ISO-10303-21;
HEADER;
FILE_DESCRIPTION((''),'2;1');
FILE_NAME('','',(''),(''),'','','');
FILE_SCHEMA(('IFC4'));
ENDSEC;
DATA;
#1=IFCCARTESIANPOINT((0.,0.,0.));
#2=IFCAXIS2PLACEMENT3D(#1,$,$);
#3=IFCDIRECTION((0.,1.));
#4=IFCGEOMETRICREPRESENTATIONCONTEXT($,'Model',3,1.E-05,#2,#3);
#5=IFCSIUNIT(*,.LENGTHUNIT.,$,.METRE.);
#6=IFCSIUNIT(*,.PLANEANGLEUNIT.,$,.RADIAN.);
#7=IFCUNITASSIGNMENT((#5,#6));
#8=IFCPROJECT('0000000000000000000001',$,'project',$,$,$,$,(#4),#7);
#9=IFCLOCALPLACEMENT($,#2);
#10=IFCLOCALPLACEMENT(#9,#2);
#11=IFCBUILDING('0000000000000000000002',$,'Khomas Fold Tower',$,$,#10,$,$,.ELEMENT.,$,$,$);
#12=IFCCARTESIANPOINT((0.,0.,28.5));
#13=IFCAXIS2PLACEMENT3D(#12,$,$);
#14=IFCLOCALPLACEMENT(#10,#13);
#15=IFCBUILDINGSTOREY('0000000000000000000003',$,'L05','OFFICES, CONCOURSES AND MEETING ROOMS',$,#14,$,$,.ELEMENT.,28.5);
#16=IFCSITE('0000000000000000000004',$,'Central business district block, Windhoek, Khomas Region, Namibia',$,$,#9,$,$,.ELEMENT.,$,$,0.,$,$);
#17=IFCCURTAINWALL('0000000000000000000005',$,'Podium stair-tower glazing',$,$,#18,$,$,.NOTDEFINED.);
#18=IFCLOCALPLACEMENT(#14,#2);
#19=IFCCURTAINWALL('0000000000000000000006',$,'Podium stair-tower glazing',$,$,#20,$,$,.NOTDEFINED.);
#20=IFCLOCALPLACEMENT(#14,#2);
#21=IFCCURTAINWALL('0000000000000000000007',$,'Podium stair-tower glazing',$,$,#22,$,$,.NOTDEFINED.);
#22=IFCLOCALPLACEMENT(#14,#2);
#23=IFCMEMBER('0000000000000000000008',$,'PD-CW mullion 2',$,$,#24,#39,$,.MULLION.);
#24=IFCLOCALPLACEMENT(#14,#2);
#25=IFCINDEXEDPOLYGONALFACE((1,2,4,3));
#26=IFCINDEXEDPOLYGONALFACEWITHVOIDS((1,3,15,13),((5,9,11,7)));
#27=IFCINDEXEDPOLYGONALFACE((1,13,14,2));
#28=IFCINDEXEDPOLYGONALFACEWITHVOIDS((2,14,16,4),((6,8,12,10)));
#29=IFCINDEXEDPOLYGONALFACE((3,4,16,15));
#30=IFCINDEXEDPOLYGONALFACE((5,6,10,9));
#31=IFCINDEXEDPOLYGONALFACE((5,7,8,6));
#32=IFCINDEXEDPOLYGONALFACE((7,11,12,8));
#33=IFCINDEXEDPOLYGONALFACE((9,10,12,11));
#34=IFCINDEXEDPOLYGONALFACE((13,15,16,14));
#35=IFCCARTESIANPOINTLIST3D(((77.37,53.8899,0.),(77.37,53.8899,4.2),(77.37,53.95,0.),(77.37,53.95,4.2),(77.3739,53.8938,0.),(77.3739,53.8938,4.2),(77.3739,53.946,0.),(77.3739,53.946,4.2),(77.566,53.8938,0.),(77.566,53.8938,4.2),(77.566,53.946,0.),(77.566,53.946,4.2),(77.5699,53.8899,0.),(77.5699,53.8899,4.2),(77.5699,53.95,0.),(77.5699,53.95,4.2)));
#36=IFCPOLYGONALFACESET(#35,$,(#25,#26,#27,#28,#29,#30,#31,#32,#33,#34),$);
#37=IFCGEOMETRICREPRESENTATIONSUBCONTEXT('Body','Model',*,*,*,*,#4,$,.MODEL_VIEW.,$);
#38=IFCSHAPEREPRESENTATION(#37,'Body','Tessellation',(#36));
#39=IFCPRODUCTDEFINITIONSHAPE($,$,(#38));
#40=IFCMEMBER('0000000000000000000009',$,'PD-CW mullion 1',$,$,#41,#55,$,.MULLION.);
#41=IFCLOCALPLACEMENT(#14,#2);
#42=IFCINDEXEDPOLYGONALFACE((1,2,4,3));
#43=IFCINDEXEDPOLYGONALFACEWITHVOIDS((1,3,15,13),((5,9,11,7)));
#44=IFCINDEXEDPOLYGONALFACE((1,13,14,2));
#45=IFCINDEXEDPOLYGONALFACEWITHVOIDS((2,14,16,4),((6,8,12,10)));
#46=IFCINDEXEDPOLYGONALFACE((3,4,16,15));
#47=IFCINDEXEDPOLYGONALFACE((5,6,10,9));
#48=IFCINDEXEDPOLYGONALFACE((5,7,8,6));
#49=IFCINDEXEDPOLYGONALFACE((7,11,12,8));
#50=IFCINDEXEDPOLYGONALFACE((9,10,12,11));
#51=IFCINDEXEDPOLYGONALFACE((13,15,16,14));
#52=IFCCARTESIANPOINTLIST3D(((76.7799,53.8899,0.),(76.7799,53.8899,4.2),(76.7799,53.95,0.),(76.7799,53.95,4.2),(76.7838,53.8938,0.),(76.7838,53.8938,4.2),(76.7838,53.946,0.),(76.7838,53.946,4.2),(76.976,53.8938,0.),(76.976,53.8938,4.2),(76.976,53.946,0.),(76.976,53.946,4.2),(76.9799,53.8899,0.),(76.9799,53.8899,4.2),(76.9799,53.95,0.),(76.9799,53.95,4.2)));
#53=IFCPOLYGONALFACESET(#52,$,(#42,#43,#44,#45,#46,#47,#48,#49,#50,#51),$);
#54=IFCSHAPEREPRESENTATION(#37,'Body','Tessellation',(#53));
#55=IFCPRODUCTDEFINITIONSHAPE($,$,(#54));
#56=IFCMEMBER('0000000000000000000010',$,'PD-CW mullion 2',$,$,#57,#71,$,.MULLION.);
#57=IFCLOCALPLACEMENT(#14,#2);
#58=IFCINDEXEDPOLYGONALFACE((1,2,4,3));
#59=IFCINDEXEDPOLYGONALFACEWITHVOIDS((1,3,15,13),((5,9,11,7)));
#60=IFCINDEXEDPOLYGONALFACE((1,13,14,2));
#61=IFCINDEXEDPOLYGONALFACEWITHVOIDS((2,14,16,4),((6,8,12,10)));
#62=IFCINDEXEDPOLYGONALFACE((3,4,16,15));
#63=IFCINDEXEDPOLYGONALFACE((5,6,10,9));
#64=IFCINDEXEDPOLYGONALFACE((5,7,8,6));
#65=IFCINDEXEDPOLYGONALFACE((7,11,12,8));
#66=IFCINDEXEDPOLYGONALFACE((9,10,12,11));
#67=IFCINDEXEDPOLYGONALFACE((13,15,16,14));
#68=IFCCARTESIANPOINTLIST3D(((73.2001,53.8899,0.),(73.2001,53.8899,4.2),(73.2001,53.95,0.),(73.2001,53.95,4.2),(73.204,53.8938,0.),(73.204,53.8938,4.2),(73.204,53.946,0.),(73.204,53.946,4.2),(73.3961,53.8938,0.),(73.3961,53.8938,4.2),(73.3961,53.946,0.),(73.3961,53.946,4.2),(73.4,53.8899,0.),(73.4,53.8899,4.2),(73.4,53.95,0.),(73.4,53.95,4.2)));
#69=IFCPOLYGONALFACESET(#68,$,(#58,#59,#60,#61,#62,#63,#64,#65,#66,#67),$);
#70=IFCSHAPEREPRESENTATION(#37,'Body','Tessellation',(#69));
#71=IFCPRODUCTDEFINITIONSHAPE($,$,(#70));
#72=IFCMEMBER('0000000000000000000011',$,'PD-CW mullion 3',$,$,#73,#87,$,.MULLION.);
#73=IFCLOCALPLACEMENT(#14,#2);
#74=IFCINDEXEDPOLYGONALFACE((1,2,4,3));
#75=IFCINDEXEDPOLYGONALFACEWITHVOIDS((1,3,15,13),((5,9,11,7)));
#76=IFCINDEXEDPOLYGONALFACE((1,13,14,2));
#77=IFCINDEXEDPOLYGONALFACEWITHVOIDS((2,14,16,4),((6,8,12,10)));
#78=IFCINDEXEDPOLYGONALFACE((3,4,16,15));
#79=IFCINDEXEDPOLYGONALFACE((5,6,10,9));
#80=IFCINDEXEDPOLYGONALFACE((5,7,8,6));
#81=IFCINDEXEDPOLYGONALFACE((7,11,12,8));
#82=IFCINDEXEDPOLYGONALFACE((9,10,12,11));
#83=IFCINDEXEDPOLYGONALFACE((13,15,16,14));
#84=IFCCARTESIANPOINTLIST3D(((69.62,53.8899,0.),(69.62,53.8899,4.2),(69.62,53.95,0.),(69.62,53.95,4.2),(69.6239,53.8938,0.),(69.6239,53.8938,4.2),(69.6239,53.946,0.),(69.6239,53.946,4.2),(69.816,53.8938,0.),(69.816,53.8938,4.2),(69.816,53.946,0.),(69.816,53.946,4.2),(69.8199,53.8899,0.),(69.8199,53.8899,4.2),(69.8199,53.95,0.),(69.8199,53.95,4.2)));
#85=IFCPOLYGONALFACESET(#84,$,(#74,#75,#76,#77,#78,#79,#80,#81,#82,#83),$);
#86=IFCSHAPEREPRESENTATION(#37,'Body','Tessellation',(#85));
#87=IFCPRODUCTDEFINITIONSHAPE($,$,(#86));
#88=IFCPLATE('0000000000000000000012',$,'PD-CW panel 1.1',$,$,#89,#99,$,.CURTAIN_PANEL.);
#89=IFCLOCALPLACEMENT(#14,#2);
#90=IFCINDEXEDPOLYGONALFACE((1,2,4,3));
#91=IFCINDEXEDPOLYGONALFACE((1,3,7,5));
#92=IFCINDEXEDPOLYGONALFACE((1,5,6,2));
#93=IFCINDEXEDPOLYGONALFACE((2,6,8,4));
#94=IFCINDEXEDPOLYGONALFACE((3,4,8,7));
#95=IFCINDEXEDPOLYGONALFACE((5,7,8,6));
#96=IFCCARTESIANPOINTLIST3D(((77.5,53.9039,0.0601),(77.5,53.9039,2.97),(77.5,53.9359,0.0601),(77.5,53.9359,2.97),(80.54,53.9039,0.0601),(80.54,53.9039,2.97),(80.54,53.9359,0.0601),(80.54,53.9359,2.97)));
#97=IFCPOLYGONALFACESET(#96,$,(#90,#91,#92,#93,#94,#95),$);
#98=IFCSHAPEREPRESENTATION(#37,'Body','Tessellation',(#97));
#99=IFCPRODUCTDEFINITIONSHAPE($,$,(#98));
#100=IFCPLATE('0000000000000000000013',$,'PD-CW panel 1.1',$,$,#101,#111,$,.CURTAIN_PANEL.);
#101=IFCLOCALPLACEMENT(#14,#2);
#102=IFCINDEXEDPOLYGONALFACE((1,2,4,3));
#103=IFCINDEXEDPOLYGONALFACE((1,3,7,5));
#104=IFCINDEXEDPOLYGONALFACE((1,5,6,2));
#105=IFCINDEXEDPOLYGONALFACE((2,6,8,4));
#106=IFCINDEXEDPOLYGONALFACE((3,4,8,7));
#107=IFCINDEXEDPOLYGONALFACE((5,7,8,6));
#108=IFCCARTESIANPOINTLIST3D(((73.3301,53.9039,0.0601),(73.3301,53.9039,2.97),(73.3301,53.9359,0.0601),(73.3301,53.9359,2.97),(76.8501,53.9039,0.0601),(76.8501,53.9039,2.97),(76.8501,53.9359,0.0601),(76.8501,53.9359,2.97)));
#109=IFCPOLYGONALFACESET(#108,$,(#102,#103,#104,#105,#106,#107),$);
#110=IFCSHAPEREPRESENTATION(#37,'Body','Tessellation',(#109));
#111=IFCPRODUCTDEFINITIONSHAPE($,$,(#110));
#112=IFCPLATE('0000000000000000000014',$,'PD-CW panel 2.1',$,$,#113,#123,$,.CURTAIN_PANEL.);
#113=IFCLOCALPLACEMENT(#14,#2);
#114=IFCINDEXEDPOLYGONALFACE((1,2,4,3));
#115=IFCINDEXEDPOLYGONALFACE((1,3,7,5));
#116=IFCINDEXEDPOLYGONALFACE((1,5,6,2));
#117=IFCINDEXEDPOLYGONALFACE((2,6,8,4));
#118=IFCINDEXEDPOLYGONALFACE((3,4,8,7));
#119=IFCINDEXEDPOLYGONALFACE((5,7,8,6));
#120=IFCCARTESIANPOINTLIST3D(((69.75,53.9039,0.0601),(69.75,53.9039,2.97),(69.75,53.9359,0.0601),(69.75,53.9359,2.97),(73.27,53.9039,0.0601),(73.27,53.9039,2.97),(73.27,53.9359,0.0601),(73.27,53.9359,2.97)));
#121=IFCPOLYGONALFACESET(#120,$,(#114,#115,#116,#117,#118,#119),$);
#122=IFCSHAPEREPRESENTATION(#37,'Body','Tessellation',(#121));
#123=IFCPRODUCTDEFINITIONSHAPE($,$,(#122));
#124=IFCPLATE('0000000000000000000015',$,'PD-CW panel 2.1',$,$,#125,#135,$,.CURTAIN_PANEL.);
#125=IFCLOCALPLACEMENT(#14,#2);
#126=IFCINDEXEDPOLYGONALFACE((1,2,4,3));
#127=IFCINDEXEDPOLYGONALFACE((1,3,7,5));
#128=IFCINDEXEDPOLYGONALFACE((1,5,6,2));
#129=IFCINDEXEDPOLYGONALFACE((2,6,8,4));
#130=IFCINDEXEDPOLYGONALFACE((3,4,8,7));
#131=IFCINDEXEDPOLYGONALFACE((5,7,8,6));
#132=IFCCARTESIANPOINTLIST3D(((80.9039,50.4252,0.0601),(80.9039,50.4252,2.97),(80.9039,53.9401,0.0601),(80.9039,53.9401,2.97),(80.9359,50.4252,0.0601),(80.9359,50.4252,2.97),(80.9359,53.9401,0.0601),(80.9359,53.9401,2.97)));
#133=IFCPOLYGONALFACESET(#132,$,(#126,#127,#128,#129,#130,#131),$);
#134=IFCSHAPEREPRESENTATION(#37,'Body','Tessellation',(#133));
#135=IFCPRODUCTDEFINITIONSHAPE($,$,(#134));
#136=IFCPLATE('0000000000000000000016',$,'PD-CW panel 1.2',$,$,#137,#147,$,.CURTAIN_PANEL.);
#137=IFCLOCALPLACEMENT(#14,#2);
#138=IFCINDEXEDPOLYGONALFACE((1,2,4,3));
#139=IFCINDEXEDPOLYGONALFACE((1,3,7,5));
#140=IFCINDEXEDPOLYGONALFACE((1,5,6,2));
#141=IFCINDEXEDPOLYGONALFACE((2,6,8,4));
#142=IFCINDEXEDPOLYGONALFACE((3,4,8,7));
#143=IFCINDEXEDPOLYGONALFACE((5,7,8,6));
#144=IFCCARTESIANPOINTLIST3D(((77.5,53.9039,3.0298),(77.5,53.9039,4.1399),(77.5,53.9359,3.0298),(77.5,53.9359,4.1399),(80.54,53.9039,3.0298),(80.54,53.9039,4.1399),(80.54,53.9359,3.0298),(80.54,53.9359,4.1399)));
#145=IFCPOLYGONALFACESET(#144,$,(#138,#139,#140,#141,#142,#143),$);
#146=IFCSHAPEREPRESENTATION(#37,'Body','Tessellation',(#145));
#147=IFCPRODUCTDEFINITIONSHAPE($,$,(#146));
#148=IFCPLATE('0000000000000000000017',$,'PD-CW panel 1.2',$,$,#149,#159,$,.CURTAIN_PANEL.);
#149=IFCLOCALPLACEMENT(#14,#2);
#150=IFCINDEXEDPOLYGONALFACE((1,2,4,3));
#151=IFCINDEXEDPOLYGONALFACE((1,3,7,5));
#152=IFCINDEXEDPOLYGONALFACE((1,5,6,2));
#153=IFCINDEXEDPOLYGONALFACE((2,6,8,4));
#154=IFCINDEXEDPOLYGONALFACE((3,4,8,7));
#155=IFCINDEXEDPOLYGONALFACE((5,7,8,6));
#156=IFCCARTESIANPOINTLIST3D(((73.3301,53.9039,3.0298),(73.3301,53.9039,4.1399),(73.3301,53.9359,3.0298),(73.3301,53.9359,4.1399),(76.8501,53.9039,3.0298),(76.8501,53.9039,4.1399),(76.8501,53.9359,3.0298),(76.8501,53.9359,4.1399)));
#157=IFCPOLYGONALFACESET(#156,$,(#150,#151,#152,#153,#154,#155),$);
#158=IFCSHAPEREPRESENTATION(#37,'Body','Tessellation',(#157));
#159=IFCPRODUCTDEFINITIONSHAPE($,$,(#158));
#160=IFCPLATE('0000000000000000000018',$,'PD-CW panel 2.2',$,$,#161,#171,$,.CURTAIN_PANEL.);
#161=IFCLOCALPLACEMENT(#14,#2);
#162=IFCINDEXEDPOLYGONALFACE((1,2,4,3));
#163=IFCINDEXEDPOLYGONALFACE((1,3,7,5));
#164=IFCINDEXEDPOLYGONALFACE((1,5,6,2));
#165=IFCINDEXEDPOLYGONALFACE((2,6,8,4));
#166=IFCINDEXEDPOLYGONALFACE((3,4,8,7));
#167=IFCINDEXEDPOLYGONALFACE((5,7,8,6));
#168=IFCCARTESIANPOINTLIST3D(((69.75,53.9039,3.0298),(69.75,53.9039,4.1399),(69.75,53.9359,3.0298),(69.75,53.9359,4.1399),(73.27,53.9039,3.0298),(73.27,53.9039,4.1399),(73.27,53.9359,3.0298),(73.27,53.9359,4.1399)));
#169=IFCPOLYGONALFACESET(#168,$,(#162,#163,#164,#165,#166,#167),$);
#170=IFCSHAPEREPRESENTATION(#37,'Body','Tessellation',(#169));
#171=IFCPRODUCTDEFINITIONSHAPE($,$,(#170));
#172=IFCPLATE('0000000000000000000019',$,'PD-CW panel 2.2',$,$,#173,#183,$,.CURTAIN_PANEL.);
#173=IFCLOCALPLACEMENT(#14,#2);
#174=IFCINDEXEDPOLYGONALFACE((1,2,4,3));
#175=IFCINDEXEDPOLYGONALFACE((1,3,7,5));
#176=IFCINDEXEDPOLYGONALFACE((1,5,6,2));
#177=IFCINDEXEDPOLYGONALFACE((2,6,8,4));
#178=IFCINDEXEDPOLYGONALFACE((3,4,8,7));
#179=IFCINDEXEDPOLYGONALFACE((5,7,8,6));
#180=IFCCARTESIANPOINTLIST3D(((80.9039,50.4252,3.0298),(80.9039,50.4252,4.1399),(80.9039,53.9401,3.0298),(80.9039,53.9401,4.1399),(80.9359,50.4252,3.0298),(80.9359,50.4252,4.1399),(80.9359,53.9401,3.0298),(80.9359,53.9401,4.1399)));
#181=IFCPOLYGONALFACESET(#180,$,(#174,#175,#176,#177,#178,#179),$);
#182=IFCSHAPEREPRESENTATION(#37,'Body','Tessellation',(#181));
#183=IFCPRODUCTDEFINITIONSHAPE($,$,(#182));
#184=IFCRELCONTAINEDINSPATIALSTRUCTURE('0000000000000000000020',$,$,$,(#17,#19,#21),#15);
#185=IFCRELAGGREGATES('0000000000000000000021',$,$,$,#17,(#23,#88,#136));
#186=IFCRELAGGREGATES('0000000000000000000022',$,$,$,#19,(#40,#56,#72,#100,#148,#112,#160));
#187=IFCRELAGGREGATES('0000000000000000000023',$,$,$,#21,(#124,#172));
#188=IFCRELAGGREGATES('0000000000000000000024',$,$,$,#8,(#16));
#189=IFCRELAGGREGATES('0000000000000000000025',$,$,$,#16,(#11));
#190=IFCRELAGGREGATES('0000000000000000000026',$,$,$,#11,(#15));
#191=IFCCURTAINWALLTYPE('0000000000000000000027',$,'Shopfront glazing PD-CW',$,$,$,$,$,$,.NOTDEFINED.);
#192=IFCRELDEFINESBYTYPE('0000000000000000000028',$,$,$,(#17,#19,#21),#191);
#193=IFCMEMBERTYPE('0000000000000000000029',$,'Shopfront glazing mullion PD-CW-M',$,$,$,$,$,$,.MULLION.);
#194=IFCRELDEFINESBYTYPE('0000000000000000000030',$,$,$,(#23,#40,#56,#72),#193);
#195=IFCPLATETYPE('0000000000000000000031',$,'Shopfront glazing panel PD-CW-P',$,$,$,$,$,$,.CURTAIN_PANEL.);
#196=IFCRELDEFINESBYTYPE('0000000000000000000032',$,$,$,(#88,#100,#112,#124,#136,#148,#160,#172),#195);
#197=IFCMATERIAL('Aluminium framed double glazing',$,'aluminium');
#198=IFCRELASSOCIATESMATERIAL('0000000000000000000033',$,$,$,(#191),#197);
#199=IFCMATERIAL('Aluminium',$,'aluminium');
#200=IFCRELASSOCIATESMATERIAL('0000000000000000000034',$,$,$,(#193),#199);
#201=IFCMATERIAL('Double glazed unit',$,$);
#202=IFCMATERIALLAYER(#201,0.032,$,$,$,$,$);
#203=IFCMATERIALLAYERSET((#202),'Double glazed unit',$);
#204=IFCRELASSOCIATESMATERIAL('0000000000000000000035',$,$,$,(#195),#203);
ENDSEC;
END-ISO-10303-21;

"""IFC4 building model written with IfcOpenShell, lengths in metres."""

from ifc_helpers import new_model, si_unit, direction, frame, origin, origin_2d, place, context, subcontext, project, spatial, rectangle, hollow_rectangle, extrude, source, transform, mapped, material, layer, layer_set, material_profile, profile_set, type_object, element, aggregate, save


model = new_model("IFC4")

# Units and contexts
model_context = context("Model", 3, precision=1e-05, world=origin(), true_north=direction((0.0, 1.0)))
body_context = subcontext(model_context, "Body", "Model", "MODEL_VIEW")
ifc_project = project(units=[si_unit("LENGTHUNIT", "METRE"), si_unit("PLANEANGLEUNIT", "RADIAN")], contexts=[model_context])

# Site, building, storey
site_placement = place(None, origin())
site = spatial("IfcSite", under=ifc_project, at=site_placement, Name="Central business district block, Windhoek, Khomas Region, Namibia", CompositionType="ELEMENT", RefElevation=0.0)
building_placement = place(site_placement, origin())
building = spatial("IfcBuilding", under=site, at=building_placement, Name="Khomas Fold Tower", CompositionType="ELEMENT")
storey_placement = place(building_placement, frame((0.0, 0.0, 28.5)))
storey = spatial("IfcBuildingStorey", under=building, at=storey_placement, Name="L05", Description="OFFICES, CONCOURSES AND MEETING ROOMS", CompositionType="ELEMENT", Elevation=28.5)

# Curtain walls
ifc_material_1 = material(Name="Aluminium framed double glazing", Category="aluminium")
curtain_wall_type = type_object("IfcCurtainWallType", Name="Shopfront glazing PD-CW", PredefinedType="NOTDEFINED", material=ifc_material_1)
curtain_wall_1_placement = place(storey_placement, origin())
curtain_wall_1 = element("IfcCurtainWall", 1, at=curtain_wall_1_placement, inside=storey, type_object=curtain_wall_type, Name="Podium stair-tower glazing", PredefinedType="NOTDEFINED")
curtain_wall_2_placement = place(storey_placement, origin())
curtain_wall_2 = element("IfcCurtainWall", 2, at=curtain_wall_2_placement, inside=storey, type_object=curtain_wall_type, Name="Podium stair-tower glazing", PredefinedType="NOTDEFINED")

# Curtain wall
curtain_wall_3_placement = place(storey_placement, origin())
curtain_wall_3 = element("IfcCurtainWall", 3, at=curtain_wall_3_placement, inside=storey, type_object=curtain_wall_type, Name="Podium stair-tower glazing", PredefinedType="NOTDEFINED")
ifc_material_2 = material(Name="Aluminium", Category="aluminium")
ifc_material_profile_1 = material_profile(ifc_material_2, hollow_rectangle(XDim=0.0601, YDim=0.2, WallThickness=0.0039, at=origin_2d()), Name="Shopfront glazing mullion PD-CW-M")
ifc_profile_set_1 = profile_set([ifc_material_profile_1], Name="Aluminium")
member_type_1 = type_object("IfcMemberType", Name="Shopfront glazing mullion PD-CW-M", PredefinedType="MULLION", material=ifc_profile_set_1)
shared_shape_1 = source(origin(), body_context, "Body", "SweptSolid", [
    extrude(hollow_rectangle(XDim=0.0601, YDim=0.2, WallThickness=0.0039, at=origin_2d()), origin(), (0.0, 0.0, 1.0), 4.2),
])

# Members
member_1_placement = place(storey_placement, frame((77.47, 53.9199, 0.0), z_axis=(0.0, 0.0, 1.0), x_axis=(0.0, -1.0, 0.0)))
member_1 = element("IfcMember", 4, at=member_1_placement, type_object=member_type_1, Name="PD-CW mullion 2", PredefinedType="MULLION", context=body_context, shape_type="MappedRepresentation", body=[
    mapped(shared_shape_1, transform((0.0, 0.0, 0.0))),
])
member_2_placement = place(storey_placement, frame((76.8799, 53.9199, 0.0), z_axis=(0.0, 0.0, 1.0), x_axis=(0.0, -1.0, 0.0)))
member_2 = element("IfcMember", 5, at=member_2_placement, type_object=member_type_1, Name="PD-CW mullion 1", PredefinedType="MULLION", context=body_context, shape_type="MappedRepresentation", body=[
    mapped(shared_shape_1, transform((0.0, 0.0, 0.0))),
])
member_3_placement = place(storey_placement, frame((73.3, 53.9199, 0.0), z_axis=(0.0, 0.0, 1.0), x_axis=(0.0, -1.0, 0.0)))
member_3 = element("IfcMember", 6, at=member_3_placement, type_object=member_type_1, Name="PD-CW mullion 2", PredefinedType="MULLION", context=body_context, shape_type="MappedRepresentation", body=[
    mapped(shared_shape_1, transform((0.0, 0.0, 0.0))),
])
member_4_placement = place(storey_placement, frame((69.72, 53.9199, 0.0), z_axis=(0.0, 0.0, 1.0), x_axis=(0.0, -1.0, 0.0)))
member_4 = element("IfcMember", 7, at=member_4_placement, type_object=member_type_1, Name="PD-CW mullion 3", PredefinedType="MULLION", context=body_context, shape_type="MappedRepresentation", body=[
    mapped(shared_shape_1, transform((0.0, 0.0, 0.0))),
])

# Plates
ifc_material_3 = material(Name="Double glazed unit")
ifc_layer = layer(ifc_material_3, 0.032)
ifc_layer_set = layer_set([ifc_layer], Name="Double glazed unit")
plate_type = type_object("IfcPlateType", Name="Shopfront glazing panel PD-CW-P", PredefinedType="CURTAIN_PANEL", material=ifc_layer_set)
shared_shape_2 = source(origin(), body_context, "Body", "SweptSolid", [
    extrude(rectangle(XDim=3.04, YDim=0.032, at=origin_2d()), origin(), (0.0, 0.0, 1.0), 2.9099),
])
plate_1_placement = place(storey_placement, frame((79.02, 53.9199, 0.0601), z_axis=(0.0, 0.0, 1.0), x_axis=(-1.0, 0.0, 0.0)))
plate_1 = element("IfcPlate", 8, at=plate_1_placement, type_object=plate_type, Name="PD-CW panel 1.1", PredefinedType="CURTAIN_PANEL", context=body_context, shape_type="MappedRepresentation", body=[
    mapped(shared_shape_2, transform((0.0, 0.0, 0.0))),
])
shared_shape_3 = source(origin(), body_context, "Body", "SweptSolid", [
    extrude(rectangle(XDim=3.52, YDim=0.032, at=origin_2d()), origin(), (0.0, 0.0, 1.0), 2.9099),
])
plate_2_placement = place(storey_placement, frame((75.0901, 53.9199, 0.0601), z_axis=(0.0, 0.0, 1.0), x_axis=(-1.0, 0.0, 0.0)))
plate_2 = element("IfcPlate", 9, at=plate_2_placement, type_object=plate_type, Name="PD-CW panel 1.1", PredefinedType="CURTAIN_PANEL", context=body_context, shape_type="MappedRepresentation", body=[
    mapped(shared_shape_3, transform((0.0, 0.0, 0.0))),
])
plate_3_placement = place(storey_placement, frame((71.51, 53.9199, 0.0601), z_axis=(0.0, 0.0, 1.0), x_axis=(-1.0, 0.0, 0.0)))
plate_3 = element("IfcPlate", 10, at=plate_3_placement, type_object=plate_type, Name="PD-CW panel 2.1", PredefinedType="CURTAIN_PANEL", context=body_context, shape_type="MappedRepresentation", body=[
    mapped(shared_shape_3, transform((0.0, 0.0, 0.0))),
])
shared_shape_4 = source(origin(), body_context, "Body", "SweptSolid", [
    extrude(rectangle(XDim=3.5149, YDim=0.032, at=origin_2d()), origin(), (0.0, 0.0, 1.0), 2.9099),
])
plate_4_placement = place(storey_placement, frame((80.9199, 52.1826, 0.0601), z_axis=(0.0, 0.0, 1.0), x_axis=(0.0, 1.0, 0.0)))
plate_4 = element("IfcPlate", 11, at=plate_4_placement, type_object=plate_type, Name="PD-CW panel 2.1", PredefinedType="CURTAIN_PANEL", context=body_context, shape_type="MappedRepresentation", body=[
    mapped(shared_shape_4, transform((0.0, 0.0, 0.0))),
])
shared_shape_5 = source(origin(), body_context, "Body", "SweptSolid", [
    extrude(rectangle(XDim=3.04, YDim=0.032, at=origin_2d()), origin(), (0.0, 0.0, 1.0), 1.1101),
])
plate_5_placement = place(storey_placement, frame((79.02, 53.9199, 3.0298), z_axis=(0.0, 0.0, 1.0), x_axis=(-1.0, 0.0, 0.0)))
plate_5 = element("IfcPlate", 12, at=plate_5_placement, type_object=plate_type, Name="PD-CW panel 1.2", PredefinedType="CURTAIN_PANEL", context=body_context, shape_type="MappedRepresentation", body=[
    mapped(shared_shape_5, transform((0.0, 0.0, 0.0))),
])
aggregate(curtain_wall_1, [member_1, plate_1, plate_5])
shared_shape_6 = source(origin(), body_context, "Body", "SweptSolid", [
    extrude(rectangle(XDim=3.52, YDim=0.032, at=origin_2d()), origin(), (0.0, 0.0, 1.0), 1.1101),
])
plate_6_placement = place(storey_placement, frame((75.0901, 53.9199, 3.0298), z_axis=(0.0, 0.0, 1.0), x_axis=(-1.0, 0.0, 0.0)))
plate_6 = element("IfcPlate", 13, at=plate_6_placement, type_object=plate_type, Name="PD-CW panel 1.2", PredefinedType="CURTAIN_PANEL", context=body_context, shape_type="MappedRepresentation", body=[
    mapped(shared_shape_6, transform((0.0, 0.0, 0.0))),
])
plate_7_placement = place(storey_placement, frame((71.51, 53.9199, 3.0298), z_axis=(0.0, 0.0, 1.0), x_axis=(-1.0, 0.0, 0.0)))
plate_7 = element("IfcPlate", 14, at=plate_7_placement, type_object=plate_type, Name="PD-CW panel 2.2", PredefinedType="CURTAIN_PANEL", context=body_context, shape_type="MappedRepresentation", body=[
    mapped(shared_shape_6, transform((0.0, 0.0, 0.0))),
])
aggregate(curtain_wall_2, [member_2, member_3, member_4, plate_2, plate_6, plate_3, plate_7])
shared_shape_7 = source(origin(), body_context, "Body", "SweptSolid", [
    extrude(rectangle(XDim=3.5149, YDim=0.032, at=origin_2d()), origin(), (0.0, 0.0, 1.0), 1.1101),
])
plate_8_placement = place(storey_placement, frame((80.9199, 52.1826, 3.0298), z_axis=(0.0, 0.0, 1.0), x_axis=(0.0, 1.0, 0.0)))
plate_8 = element("IfcPlate", 15, at=plate_8_placement, type_object=plate_type, Name="PD-CW panel 2.2", PredefinedType="CURTAIN_PANEL", context=body_context, shape_type="MappedRepresentation", body=[
    mapped(shared_shape_7, transform((0.0, 0.0, 0.0))),
])
aggregate(curtain_wall_3, [plate_4, plate_8])

save(model, "model.ifc")
